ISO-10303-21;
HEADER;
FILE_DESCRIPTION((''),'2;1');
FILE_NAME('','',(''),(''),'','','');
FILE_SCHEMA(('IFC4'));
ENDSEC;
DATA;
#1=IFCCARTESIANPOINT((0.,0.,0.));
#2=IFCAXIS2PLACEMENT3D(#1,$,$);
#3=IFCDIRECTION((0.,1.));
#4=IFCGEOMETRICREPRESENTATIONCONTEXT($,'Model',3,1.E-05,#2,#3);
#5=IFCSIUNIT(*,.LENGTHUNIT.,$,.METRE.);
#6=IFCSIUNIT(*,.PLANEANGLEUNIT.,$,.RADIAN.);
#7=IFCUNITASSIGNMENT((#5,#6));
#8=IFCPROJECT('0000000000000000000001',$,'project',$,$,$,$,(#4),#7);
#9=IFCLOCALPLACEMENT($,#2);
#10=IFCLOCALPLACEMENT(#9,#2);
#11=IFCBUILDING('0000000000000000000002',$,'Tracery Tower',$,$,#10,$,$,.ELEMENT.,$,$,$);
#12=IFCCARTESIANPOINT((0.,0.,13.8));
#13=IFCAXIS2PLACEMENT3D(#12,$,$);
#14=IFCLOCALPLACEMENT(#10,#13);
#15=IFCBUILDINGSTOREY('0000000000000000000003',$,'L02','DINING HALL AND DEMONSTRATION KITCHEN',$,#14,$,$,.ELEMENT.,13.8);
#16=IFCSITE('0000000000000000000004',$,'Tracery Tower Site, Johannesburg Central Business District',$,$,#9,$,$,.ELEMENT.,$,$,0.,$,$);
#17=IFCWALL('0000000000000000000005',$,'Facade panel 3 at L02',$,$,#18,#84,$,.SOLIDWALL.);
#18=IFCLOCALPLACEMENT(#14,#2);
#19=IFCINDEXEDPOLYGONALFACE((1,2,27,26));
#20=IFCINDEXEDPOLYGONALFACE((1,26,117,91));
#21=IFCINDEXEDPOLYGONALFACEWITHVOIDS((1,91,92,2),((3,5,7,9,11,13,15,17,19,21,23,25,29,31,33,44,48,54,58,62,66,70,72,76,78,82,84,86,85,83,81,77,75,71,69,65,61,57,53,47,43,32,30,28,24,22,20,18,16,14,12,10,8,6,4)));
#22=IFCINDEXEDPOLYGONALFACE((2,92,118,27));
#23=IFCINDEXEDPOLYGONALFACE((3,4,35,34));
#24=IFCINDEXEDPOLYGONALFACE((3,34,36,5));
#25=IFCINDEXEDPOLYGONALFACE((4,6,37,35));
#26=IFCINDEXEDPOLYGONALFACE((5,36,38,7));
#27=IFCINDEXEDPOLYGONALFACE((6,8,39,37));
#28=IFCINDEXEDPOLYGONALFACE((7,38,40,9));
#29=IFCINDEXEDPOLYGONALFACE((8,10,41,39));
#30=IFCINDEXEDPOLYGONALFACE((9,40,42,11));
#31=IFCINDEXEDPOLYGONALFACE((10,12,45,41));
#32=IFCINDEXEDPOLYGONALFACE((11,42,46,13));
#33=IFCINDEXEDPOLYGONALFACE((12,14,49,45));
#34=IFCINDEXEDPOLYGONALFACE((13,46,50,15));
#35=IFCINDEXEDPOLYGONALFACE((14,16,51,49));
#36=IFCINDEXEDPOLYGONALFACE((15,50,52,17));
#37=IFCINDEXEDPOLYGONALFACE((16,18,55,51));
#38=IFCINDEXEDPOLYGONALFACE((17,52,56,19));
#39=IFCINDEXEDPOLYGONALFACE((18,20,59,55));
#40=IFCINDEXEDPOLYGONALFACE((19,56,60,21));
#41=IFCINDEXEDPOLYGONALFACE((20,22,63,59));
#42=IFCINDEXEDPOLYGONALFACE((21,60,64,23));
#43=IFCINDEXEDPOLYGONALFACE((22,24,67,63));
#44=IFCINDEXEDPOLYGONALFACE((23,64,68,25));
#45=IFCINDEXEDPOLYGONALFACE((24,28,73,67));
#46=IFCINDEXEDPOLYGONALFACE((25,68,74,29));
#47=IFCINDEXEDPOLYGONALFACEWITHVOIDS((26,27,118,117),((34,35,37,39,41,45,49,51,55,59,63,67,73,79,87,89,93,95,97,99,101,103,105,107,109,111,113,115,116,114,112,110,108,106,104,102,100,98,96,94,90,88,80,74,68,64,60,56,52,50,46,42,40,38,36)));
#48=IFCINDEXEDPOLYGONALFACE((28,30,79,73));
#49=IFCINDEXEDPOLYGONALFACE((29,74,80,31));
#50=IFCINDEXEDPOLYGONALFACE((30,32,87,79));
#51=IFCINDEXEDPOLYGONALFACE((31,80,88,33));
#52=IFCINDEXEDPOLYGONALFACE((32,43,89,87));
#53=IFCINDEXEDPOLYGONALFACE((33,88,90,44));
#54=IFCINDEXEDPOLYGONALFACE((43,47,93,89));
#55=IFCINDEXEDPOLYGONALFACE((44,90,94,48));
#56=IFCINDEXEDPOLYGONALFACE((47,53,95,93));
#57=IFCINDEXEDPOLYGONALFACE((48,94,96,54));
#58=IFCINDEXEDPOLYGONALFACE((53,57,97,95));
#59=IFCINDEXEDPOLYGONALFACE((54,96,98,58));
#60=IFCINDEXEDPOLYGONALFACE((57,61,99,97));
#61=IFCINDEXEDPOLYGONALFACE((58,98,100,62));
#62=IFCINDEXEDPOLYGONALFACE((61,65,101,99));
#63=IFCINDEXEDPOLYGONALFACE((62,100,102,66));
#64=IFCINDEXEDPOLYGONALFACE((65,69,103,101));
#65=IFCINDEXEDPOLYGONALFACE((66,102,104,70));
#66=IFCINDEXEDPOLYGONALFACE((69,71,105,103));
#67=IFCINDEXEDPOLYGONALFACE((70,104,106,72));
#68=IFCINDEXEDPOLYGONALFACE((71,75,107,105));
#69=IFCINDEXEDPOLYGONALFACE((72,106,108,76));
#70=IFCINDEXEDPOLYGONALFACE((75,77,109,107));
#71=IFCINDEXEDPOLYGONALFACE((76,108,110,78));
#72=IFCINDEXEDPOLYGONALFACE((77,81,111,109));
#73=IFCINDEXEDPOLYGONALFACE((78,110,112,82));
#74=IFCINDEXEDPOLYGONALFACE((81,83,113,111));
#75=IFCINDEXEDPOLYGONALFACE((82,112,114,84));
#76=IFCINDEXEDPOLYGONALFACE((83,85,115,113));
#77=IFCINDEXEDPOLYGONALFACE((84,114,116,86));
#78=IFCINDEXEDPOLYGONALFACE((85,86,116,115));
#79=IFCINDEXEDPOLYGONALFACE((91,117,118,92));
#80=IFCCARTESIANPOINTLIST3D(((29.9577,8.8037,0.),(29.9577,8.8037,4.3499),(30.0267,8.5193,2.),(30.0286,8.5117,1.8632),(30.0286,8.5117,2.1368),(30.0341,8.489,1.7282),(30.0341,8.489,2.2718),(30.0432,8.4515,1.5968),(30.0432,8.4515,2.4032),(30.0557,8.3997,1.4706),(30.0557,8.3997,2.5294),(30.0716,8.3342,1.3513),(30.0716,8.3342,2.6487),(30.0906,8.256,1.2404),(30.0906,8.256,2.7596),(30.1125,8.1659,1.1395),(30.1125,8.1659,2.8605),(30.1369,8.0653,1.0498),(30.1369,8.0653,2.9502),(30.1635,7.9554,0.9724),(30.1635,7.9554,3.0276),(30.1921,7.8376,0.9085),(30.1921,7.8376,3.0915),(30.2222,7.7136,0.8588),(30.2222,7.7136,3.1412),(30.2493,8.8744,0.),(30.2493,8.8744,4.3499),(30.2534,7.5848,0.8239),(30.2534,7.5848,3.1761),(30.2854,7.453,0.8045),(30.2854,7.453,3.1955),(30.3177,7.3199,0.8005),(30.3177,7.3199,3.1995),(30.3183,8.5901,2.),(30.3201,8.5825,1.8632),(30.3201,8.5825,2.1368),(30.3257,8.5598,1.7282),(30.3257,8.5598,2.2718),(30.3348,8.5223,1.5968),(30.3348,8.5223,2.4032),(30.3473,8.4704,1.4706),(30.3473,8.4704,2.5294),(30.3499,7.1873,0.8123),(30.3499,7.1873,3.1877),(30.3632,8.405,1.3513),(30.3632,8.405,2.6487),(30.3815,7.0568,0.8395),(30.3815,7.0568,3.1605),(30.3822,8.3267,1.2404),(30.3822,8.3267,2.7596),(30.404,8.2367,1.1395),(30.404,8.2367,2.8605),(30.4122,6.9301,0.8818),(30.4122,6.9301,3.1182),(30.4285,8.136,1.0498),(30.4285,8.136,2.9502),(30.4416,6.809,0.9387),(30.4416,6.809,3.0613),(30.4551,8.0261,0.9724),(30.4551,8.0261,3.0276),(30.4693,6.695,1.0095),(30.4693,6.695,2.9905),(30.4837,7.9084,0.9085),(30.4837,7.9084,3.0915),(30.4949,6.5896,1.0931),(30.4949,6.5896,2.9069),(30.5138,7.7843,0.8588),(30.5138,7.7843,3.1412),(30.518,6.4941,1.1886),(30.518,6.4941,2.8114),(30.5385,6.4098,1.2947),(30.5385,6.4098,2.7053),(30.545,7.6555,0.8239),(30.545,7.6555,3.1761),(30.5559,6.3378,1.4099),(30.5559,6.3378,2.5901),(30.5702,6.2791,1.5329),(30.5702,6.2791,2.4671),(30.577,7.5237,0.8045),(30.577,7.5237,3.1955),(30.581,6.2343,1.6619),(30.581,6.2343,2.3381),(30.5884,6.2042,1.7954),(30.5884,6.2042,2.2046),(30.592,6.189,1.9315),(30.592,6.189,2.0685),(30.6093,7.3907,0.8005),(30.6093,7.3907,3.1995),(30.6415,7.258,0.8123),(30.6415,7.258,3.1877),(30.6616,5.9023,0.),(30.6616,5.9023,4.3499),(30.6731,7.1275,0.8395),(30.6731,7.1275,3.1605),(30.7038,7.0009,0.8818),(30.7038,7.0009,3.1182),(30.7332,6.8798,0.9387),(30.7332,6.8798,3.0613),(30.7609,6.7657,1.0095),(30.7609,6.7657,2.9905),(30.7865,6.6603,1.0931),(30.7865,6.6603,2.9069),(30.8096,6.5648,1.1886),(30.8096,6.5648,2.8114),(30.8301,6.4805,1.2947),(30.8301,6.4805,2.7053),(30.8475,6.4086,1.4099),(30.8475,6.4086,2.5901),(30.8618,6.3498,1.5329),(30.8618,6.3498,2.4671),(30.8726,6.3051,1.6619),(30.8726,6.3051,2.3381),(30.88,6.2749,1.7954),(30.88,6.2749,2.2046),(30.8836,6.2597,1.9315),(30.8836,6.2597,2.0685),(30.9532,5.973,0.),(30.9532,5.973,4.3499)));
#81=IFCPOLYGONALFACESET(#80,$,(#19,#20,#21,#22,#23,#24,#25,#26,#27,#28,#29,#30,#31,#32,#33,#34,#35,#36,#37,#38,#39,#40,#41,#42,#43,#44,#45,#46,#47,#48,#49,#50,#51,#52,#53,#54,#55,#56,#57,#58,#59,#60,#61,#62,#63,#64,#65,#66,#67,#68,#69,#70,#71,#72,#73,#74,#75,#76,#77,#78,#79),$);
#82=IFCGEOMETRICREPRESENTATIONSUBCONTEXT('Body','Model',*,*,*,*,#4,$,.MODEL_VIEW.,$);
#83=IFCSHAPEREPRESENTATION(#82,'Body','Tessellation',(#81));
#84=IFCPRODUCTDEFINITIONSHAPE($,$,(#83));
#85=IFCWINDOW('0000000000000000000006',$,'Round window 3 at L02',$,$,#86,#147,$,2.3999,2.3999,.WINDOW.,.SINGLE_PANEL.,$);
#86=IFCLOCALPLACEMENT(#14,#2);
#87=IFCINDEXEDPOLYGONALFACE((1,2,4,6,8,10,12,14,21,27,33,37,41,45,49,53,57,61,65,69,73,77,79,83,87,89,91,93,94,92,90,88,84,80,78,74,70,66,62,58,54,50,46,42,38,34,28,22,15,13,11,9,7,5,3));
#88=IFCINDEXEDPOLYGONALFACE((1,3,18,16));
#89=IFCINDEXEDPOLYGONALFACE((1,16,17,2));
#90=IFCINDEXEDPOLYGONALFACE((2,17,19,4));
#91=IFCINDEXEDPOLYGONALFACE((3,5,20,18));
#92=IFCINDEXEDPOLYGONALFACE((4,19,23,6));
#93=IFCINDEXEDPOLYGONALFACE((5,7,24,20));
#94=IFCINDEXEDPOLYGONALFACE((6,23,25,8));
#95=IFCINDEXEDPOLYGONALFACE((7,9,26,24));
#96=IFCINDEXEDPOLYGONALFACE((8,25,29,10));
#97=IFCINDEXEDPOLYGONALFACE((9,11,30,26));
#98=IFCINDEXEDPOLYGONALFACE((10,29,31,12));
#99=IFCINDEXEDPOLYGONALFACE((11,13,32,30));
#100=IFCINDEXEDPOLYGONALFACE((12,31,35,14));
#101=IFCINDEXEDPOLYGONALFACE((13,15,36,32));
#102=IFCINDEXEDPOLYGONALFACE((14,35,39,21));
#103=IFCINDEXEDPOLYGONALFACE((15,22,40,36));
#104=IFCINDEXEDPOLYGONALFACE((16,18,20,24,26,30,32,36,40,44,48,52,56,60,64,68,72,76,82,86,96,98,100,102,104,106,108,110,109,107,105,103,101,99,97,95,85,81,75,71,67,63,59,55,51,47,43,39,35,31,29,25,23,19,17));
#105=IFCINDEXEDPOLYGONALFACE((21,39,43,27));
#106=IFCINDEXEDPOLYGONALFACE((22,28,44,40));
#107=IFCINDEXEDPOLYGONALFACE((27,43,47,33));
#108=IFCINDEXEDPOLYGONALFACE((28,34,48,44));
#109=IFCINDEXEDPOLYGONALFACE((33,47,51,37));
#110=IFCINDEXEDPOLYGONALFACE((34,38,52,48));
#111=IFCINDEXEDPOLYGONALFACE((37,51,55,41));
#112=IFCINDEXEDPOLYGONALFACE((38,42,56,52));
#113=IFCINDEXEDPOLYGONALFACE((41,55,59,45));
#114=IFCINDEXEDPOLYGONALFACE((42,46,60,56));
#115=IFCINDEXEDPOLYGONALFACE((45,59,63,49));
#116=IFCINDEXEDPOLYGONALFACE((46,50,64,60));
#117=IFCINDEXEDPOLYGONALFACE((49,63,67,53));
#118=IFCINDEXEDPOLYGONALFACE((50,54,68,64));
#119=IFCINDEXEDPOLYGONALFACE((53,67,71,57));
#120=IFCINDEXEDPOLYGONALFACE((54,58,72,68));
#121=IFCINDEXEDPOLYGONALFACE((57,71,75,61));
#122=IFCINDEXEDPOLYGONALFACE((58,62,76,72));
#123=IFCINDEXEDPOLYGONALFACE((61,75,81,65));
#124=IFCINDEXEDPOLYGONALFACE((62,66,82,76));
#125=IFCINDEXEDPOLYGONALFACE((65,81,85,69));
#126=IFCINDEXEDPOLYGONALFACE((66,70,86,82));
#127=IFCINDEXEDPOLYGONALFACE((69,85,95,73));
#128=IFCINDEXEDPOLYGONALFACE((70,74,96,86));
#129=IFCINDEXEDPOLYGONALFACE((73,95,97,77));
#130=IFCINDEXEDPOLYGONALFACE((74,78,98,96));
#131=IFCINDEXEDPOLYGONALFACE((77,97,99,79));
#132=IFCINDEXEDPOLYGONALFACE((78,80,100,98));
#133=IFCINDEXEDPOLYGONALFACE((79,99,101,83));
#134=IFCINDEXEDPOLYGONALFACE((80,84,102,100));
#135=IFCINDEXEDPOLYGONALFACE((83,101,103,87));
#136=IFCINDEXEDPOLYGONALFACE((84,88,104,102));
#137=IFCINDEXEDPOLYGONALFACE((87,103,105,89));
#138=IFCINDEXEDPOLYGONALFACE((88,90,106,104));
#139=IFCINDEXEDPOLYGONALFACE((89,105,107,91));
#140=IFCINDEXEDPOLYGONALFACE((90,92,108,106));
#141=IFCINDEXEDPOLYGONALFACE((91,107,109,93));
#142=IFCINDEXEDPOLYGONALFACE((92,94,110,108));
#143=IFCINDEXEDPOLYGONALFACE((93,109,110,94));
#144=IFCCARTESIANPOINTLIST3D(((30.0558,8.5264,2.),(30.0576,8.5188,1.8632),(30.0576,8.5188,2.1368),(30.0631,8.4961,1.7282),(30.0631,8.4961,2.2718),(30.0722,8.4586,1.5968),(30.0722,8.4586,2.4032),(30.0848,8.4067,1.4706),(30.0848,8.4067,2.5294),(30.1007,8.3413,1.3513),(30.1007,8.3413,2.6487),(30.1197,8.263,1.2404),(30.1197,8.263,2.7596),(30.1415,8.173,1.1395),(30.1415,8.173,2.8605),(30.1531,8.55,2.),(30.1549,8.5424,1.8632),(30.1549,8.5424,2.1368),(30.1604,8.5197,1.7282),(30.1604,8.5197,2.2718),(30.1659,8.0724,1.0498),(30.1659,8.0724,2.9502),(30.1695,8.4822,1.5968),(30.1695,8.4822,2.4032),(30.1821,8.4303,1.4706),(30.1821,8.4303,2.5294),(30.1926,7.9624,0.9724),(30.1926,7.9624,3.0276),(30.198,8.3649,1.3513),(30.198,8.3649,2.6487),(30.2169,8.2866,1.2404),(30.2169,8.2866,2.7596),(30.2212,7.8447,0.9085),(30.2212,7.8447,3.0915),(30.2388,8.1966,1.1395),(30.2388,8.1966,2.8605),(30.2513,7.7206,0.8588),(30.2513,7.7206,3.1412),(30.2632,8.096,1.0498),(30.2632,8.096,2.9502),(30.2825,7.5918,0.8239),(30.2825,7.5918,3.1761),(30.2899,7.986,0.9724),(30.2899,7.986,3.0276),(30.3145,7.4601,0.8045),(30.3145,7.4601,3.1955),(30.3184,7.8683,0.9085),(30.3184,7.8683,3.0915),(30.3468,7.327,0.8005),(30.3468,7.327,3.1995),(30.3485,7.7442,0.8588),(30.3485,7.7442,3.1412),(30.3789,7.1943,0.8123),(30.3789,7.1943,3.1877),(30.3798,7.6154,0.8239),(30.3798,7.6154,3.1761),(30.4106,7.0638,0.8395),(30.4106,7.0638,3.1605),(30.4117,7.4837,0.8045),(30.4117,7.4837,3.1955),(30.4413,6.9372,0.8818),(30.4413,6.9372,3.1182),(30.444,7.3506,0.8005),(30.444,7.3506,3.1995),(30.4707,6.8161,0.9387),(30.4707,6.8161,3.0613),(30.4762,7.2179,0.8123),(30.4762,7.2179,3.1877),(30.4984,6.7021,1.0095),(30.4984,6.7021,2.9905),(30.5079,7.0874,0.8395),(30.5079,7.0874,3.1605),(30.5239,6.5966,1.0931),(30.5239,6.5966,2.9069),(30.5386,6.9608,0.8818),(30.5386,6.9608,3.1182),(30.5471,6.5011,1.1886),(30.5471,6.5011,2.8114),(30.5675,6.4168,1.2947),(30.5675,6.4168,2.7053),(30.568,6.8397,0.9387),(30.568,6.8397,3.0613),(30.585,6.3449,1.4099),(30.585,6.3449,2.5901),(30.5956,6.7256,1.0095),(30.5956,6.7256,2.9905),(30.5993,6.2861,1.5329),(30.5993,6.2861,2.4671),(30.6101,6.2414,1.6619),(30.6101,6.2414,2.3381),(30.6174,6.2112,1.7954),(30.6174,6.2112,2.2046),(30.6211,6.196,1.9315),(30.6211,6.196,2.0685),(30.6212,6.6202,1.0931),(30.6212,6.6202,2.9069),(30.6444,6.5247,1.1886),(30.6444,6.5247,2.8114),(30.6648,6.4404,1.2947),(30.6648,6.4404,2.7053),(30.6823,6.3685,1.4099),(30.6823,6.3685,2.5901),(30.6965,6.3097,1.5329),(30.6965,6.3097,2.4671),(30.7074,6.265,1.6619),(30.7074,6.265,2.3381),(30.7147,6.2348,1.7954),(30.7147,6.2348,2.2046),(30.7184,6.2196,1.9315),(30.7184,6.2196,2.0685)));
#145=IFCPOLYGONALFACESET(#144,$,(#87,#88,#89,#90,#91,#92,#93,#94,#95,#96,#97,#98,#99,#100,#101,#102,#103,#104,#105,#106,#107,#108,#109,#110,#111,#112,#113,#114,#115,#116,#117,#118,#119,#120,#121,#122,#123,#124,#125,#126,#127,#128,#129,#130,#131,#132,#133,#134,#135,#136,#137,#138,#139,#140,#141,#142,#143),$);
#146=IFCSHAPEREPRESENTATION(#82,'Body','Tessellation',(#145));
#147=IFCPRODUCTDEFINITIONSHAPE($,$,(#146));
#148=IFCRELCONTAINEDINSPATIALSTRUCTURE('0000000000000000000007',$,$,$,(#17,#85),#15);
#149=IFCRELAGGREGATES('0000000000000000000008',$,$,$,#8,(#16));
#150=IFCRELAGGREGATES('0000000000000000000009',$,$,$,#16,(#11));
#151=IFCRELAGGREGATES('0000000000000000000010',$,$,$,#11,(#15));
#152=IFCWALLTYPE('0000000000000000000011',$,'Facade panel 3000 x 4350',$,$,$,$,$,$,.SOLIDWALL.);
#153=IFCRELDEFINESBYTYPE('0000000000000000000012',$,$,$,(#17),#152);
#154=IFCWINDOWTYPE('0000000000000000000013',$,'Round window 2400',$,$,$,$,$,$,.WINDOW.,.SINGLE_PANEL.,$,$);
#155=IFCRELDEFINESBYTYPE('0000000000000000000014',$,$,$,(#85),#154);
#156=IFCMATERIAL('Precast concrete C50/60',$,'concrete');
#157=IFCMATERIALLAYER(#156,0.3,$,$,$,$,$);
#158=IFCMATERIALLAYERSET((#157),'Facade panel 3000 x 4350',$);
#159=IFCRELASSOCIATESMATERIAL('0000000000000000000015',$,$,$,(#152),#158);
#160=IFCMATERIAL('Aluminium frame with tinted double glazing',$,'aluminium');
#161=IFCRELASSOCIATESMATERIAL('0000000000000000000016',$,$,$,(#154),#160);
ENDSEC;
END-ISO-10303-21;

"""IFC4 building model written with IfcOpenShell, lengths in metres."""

from ifc_helpers import new_model, si_unit, direction, frame, frame_2d, origin, origin_2d, place, context, subcontext, project, spatial, rectangle, circle, extrude, material, layer, layer_set, type_object, element, fill, save


model = new_model("IFC4")

# Units and contexts
model_context = context("Model", 3, precision=1e-05, world=origin(), true_north=direction((0.0, 1.0)))
body_context = subcontext(model_context, "Body", "Model", "MODEL_VIEW")
ifc_project = project(units=[si_unit("LENGTHUNIT", "METRE"), si_unit("PLANEANGLEUNIT", "RADIAN")], contexts=[model_context])

# Site, building, storey
site_placement = place(None, origin())
site = spatial("IfcSite", under=ifc_project, at=site_placement, Name="Tracery Tower Site, Johannesburg Central Business District", CompositionType="ELEMENT", RefElevation=0.0)
building_placement = place(site_placement, origin())
building = spatial("IfcBuilding", under=site, at=building_placement, Name="Tracery Tower", CompositionType="ELEMENT")
storey_placement = place(building_placement, frame((0.0, 0.0, 13.8)))
storey = spatial("IfcBuildingStorey", under=building, at=storey_placement, Name="L02", Description="DINING HALL AND DEMONSTRATION KITCHEN", CompositionType="ELEMENT", Elevation=13.8)

# Wall, opening, window
ifc_material_1 = material(Name="Precast concrete C50/60", Category="concrete")
ifc_layer_1 = layer(ifc_material_1, 0.3)
ifc_layer_set_1 = layer_set([ifc_layer_1], Name="Facade panel 3000 x 4350")
wall_type_1 = type_object("IfcWallType", Name="Facade panel 3000 x 4350", PredefinedType="SOLIDWALL", material=ifc_layer_set_1)
ifc_material_2 = material(Name="Aluminium frame with tinted double glazing", Category="aluminium")
window_type = type_object("IfcWindowType", Name="Round window 2400", PartitioningType="SINGLE_PANEL", PredefinedType="WINDOW", material=ifc_material_2)
wall_1_placement = place(storey_placement, frame((30.8074, 5.9377, 0.0), z_axis=(0.0, 0.0, 1.0), x_axis=(-0.235757, 0.971812, 0.0)))
wall_1 = element("IfcWall", 1, at=wall_1_placement, inside=storey, type_object=wall_type_1, Name="Facade panel 3 at L02", PredefinedType="SOLIDWALL", context=body_context, shape_type="SweptSolid", body=[
    extrude(rectangle(XDim=2.9856, YDim=0.3, at=frame_2d((1.4927, 0.0))), origin(), (0.0, 0.0, 1.0), 4.3499),
])
opening_1_placement = place(wall_1_placement, frame((1.4929, 0.0, 2.0)))
opening_1 = element("IfcOpeningElement", 2, at=opening_1_placement, cuts=wall_1, PredefinedType="OPENING", context=body_context, shape_type="SweptSolid", body=[
    extrude(circle(Radius=1.2, at=origin_2d()), frame((0.0, 0.1599, 0.0), z_axis=(0.0, -1.0, 0.0), x_axis=(1.0, 0.0, 0.0)), (0.0, 0.0, 1.0), 0.3201),
])
window_1_placement = place(opening_1_placement, origin())
window_1 = element("IfcWindow", 3, at=window_1_placement, inside=storey, type_object=window_type, Name="Round window 3 at L02", OverallHeight=2.3999, OverallWidth=2.3999, PartitioningType="SINGLE_PANEL", PredefinedType="WINDOW", context=body_context, shape_type="SweptSolid", body=[
    extrude(circle(Radius=1.2, at=origin_2d()), frame((0.0, 0.1201, 0.0), z_axis=(0.0, -1.0, 0.0), x_axis=(1.0, 0.0, 0.0)), (0.0, 0.0, 1.0), 0.1001),
])
fill(opening_1, window_1)

save(model, "model.ifc")
